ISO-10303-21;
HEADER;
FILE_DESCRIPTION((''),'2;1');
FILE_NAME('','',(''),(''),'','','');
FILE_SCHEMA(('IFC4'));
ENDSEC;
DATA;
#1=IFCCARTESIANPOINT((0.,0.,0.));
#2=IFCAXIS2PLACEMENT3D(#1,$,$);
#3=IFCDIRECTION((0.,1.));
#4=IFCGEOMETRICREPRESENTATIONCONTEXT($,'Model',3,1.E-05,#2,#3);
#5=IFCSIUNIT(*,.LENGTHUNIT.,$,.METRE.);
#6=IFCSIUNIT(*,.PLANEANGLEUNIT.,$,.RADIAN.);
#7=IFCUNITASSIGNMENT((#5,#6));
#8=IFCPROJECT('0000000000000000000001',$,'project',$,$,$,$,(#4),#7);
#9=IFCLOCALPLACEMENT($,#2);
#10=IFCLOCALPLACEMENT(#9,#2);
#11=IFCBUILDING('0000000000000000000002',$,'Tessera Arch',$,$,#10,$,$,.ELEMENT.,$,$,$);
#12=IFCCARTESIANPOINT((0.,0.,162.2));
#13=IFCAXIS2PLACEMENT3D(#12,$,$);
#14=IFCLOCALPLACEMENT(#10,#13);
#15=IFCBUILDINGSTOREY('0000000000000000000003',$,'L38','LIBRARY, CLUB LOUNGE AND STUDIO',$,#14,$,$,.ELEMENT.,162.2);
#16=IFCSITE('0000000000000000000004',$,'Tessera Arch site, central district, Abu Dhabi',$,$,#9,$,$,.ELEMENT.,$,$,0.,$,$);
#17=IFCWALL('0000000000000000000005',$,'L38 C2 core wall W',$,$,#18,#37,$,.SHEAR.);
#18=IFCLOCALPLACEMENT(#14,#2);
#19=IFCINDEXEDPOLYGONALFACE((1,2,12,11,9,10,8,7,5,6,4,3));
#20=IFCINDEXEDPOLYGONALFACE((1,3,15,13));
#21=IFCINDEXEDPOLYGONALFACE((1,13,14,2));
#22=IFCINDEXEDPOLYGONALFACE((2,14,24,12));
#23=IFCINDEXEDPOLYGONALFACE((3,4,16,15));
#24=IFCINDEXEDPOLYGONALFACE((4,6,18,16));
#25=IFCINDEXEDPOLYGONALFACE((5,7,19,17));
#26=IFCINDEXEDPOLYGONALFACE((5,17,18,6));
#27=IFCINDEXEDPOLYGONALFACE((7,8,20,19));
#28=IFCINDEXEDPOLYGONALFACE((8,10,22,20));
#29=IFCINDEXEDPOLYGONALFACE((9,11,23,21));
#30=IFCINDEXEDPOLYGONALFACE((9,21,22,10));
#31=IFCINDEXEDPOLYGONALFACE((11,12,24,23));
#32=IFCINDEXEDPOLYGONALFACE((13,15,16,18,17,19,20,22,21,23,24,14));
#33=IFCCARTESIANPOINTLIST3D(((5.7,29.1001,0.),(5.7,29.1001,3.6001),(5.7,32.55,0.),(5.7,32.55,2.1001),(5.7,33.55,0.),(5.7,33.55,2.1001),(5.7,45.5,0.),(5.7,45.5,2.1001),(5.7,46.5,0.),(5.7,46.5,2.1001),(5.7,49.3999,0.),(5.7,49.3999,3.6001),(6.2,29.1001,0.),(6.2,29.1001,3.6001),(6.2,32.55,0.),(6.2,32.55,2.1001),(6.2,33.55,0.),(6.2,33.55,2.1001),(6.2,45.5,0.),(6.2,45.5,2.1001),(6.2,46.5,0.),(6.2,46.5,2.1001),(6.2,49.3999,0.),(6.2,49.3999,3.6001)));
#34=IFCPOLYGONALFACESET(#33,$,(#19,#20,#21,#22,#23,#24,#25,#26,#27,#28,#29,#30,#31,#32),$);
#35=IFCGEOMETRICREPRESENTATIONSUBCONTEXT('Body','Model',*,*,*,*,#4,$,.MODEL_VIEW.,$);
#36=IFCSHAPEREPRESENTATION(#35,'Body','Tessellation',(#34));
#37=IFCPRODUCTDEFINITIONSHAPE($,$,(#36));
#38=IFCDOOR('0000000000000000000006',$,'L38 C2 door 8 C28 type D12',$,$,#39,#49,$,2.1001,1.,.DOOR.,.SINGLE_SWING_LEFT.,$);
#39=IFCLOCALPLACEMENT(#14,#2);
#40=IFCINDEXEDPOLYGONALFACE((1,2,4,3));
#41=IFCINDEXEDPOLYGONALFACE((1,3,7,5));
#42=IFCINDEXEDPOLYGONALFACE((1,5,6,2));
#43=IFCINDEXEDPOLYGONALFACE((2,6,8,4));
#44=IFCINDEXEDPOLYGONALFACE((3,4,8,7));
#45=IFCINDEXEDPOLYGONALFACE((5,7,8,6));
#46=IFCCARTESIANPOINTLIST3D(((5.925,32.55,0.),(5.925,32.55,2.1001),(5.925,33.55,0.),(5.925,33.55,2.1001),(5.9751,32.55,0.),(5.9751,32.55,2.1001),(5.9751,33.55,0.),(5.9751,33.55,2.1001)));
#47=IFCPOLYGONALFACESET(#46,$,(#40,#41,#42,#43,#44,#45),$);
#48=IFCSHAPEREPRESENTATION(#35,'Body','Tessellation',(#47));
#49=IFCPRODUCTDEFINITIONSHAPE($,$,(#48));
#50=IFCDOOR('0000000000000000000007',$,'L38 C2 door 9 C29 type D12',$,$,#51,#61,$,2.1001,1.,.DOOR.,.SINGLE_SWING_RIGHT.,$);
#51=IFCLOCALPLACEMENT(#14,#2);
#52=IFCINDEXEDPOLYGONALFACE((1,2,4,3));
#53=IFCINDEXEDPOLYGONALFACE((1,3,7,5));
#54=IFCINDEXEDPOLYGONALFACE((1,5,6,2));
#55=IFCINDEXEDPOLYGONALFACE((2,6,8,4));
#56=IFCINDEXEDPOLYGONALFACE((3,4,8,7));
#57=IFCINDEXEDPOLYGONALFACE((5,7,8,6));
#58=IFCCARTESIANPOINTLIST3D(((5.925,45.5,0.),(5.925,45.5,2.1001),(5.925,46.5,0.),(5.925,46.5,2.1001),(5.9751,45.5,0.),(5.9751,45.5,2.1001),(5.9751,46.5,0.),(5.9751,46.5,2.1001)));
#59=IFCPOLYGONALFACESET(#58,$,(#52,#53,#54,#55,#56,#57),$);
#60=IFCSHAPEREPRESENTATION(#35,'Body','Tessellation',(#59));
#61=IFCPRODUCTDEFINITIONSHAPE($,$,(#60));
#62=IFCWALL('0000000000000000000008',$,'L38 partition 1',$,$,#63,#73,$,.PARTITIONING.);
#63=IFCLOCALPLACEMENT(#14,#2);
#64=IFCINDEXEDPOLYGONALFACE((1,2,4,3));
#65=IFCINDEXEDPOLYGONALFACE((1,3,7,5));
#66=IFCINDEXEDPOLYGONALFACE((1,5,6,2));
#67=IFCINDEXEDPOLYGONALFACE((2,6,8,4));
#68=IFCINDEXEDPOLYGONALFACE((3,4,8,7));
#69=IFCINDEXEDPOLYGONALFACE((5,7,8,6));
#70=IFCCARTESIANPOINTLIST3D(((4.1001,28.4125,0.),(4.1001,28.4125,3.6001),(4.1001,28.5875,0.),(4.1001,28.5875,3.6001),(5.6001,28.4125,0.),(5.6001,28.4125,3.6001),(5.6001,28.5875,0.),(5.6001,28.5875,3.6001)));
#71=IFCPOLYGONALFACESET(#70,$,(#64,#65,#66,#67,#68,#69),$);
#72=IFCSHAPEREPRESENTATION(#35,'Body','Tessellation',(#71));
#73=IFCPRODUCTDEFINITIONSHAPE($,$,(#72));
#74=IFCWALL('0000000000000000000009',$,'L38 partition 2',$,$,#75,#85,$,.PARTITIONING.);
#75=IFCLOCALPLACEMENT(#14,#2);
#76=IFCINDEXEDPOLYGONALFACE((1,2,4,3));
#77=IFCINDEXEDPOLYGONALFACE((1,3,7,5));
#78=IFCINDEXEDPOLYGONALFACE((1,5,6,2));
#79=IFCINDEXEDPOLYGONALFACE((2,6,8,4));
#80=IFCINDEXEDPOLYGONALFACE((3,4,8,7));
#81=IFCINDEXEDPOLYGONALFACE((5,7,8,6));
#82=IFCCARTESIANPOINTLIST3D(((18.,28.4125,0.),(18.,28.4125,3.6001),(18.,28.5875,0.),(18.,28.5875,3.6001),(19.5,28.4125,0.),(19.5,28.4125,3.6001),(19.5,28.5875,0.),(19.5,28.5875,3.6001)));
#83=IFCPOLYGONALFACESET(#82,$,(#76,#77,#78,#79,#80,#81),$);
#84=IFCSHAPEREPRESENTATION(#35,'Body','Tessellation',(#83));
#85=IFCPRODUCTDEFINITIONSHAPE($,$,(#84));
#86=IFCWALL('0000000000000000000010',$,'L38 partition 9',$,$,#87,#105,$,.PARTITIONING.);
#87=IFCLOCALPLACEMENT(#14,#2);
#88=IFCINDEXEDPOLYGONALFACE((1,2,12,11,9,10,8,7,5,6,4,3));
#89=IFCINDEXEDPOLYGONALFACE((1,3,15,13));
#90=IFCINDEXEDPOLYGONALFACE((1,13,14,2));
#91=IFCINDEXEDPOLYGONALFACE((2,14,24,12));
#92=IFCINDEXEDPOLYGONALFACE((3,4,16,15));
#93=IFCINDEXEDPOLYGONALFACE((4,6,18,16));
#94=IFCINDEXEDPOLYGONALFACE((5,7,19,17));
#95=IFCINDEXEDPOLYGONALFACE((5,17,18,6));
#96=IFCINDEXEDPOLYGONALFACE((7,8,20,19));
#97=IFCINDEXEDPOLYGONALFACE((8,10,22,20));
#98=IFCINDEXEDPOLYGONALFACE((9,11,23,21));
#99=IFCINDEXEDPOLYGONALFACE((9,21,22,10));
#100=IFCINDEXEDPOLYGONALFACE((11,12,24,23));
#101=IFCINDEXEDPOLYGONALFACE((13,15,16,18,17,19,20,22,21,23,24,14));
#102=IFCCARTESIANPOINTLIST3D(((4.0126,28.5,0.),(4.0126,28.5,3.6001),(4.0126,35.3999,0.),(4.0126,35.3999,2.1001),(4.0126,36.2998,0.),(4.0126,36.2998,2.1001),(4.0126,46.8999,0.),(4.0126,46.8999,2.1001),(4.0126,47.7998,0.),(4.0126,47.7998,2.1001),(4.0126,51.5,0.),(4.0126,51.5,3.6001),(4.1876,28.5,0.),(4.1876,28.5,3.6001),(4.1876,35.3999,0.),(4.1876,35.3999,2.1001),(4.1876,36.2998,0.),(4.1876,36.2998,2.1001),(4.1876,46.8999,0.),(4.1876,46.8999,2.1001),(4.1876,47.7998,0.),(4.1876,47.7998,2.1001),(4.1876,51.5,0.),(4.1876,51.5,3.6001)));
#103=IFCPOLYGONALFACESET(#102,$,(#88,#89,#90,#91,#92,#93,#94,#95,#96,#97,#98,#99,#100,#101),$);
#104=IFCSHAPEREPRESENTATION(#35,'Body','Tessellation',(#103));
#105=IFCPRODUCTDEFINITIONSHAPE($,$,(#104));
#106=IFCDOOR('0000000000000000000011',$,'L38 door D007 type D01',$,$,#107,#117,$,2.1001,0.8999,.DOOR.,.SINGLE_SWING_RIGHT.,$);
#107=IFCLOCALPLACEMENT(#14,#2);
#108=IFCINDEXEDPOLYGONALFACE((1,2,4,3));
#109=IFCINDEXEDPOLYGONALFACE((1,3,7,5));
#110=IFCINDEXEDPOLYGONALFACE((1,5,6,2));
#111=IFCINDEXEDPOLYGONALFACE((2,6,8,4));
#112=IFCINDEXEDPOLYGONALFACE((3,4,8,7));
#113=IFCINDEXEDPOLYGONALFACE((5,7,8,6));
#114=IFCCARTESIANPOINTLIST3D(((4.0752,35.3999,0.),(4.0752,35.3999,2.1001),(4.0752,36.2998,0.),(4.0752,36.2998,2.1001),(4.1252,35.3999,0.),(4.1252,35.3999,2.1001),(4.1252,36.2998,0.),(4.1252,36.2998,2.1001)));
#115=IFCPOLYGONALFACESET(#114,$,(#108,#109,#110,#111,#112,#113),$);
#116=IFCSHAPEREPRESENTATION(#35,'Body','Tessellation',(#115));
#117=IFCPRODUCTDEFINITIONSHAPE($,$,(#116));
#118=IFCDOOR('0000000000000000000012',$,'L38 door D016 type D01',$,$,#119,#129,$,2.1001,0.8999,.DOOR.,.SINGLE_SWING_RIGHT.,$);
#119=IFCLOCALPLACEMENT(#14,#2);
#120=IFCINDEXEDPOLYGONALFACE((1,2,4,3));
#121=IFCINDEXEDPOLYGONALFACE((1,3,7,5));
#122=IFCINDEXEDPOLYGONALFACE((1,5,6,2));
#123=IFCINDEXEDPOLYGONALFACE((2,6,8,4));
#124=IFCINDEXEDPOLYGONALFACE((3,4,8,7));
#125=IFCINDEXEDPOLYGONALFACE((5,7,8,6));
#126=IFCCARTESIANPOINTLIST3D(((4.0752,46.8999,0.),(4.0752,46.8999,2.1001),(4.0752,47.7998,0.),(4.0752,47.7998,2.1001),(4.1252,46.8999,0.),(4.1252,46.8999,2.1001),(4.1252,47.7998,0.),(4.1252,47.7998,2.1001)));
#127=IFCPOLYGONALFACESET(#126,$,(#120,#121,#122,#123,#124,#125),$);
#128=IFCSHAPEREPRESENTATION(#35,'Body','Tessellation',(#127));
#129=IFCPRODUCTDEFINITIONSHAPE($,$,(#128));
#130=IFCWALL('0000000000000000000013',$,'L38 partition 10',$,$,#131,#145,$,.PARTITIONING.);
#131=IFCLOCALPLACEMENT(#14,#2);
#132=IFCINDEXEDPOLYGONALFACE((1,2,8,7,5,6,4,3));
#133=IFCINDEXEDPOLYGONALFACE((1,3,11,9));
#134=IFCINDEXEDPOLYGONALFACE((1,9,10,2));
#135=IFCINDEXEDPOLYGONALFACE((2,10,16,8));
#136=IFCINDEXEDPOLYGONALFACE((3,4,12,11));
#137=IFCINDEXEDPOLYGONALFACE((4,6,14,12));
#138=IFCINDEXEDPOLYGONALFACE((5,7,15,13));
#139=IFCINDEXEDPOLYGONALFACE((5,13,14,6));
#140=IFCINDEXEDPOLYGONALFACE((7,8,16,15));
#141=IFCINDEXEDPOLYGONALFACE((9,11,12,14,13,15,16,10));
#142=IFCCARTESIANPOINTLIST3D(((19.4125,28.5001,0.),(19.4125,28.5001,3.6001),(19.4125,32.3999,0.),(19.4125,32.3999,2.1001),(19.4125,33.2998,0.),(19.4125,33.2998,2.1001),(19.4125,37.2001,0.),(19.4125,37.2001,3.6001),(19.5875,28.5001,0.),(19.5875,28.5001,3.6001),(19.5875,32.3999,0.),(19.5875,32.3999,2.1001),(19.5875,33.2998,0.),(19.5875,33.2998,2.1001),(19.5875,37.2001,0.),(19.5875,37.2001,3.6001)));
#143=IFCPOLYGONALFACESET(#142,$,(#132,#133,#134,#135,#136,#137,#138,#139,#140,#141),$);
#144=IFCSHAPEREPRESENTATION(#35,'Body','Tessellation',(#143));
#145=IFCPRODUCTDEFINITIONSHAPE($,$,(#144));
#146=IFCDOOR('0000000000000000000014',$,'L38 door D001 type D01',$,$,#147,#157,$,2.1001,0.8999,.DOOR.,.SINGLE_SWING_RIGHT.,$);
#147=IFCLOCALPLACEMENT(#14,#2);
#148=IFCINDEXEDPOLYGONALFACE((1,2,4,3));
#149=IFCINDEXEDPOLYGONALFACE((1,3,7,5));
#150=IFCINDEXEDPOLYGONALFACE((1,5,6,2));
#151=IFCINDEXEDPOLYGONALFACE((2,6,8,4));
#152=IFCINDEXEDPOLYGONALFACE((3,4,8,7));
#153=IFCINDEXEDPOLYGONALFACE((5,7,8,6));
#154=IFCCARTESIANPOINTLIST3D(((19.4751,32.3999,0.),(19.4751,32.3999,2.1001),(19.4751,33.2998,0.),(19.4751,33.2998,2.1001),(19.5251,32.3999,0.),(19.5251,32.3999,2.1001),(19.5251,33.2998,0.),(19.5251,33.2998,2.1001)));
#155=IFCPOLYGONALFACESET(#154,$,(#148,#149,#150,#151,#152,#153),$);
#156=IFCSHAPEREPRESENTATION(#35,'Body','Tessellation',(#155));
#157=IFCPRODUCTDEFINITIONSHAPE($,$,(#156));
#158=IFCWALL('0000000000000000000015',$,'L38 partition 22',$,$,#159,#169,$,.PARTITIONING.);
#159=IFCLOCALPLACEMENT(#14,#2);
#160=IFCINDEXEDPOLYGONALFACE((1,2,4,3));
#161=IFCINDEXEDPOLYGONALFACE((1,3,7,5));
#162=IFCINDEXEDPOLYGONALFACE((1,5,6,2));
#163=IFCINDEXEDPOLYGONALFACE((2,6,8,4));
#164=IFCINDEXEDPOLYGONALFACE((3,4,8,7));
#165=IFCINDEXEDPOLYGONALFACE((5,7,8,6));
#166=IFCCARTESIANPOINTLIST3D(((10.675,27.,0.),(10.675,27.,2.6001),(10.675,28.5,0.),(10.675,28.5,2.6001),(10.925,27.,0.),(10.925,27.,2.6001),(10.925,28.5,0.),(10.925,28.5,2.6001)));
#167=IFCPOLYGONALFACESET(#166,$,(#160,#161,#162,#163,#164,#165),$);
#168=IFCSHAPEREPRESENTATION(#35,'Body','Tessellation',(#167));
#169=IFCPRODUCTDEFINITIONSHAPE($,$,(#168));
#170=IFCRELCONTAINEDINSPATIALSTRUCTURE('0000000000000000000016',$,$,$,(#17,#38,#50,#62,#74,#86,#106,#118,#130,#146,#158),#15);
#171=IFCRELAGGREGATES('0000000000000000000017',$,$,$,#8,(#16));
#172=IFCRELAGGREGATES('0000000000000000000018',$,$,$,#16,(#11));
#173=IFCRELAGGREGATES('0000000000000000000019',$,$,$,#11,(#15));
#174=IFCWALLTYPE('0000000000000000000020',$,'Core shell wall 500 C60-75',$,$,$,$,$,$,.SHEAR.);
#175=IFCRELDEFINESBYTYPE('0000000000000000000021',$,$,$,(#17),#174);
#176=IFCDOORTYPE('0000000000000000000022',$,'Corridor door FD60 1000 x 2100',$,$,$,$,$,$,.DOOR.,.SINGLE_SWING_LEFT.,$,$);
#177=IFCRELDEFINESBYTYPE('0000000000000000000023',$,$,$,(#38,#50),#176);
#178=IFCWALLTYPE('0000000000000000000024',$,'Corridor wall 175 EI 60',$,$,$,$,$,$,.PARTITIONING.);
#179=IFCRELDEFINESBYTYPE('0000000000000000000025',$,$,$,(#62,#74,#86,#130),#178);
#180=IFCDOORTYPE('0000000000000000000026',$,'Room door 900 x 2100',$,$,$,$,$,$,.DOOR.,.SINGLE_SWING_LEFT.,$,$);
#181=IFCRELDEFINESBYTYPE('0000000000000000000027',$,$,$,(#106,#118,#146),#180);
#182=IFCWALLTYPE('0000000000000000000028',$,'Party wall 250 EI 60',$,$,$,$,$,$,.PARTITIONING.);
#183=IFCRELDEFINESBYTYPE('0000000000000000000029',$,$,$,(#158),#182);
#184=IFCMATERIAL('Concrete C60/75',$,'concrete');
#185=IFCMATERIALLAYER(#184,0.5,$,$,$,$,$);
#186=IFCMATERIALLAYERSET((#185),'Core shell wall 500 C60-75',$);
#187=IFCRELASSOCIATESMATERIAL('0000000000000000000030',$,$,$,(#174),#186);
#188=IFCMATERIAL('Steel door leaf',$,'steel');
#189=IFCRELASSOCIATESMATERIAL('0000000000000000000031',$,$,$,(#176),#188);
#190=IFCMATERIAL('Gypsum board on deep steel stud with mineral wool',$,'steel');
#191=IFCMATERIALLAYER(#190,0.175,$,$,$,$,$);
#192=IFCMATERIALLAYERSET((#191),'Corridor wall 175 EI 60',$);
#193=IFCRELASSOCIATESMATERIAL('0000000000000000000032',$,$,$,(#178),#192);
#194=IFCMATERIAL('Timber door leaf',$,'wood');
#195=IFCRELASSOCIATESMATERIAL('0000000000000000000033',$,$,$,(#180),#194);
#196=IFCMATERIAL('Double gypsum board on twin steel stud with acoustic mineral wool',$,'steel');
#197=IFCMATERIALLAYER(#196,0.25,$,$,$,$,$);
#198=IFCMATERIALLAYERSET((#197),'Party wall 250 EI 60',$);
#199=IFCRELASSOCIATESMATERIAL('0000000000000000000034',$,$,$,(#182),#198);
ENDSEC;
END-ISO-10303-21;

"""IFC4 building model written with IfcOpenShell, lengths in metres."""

from ifc_helpers import new_model, si_unit, direction, frame, frame_2d, origin, place, context, subcontext, project, spatial, rectangle, extrude, material, layer, layer_set, type_object, element, fill, save


model = new_model("IFC4")

# Units and contexts
model_context = context("Model", 3, precision=1e-05, world=origin(), true_north=direction((0.0, 1.0)))
body_context = subcontext(model_context, "Body", "Model", "MODEL_VIEW")
ifc_project = project(units=[si_unit("LENGTHUNIT", "METRE"), si_unit("PLANEANGLEUNIT", "RADIAN")], contexts=[model_context])

# Site, building, storey
site_placement = place(None, origin())
site = spatial("IfcSite", under=ifc_project, at=site_placement, Name="Tessera Arch site, central district, Abu Dhabi", CompositionType="ELEMENT", RefElevation=0.0)
building_placement = place(site_placement, origin())
building = spatial("IfcBuilding", under=site, at=building_placement, Name="Tessera Arch", CompositionType="ELEMENT")
storey_placement = place(building_placement, frame((0.0, 0.0, 162.2)))
storey = spatial("IfcBuildingStorey", under=building, at=storey_placement, Name="L38", Description="LIBRARY, CLUB LOUNGE AND STUDIO", CompositionType="ELEMENT", Elevation=162.2)

# Shared definitions
ifc_material_1 = material(Name="Concrete C60/75", Category="concrete")
ifc_layer_1 = layer(ifc_material_1, 0.5)
ifc_layer_set_1 = layer_set([ifc_layer_1], Name="Core shell wall 500 C60-75")
wall_type_1 = type_object("IfcWallType", Name="Core shell wall 500 C60-75", PredefinedType="SHEAR", material=ifc_layer_set_1)

# Wall, openings, doors
wall_1_placement = place(storey_placement, frame((5.95, 29.1001, 0.0), z_axis=(0.0, 0.0, 1.0), x_axis=(0.0, 1.0, 0.0)))
wall_1 = element("IfcWall", 1, at=wall_1_placement, inside=storey, type_object=wall_type_1, Name="L38 C2 core wall W", PredefinedType="SHEAR", context=body_context, shape_type="SweptSolid", body=[
    extrude(rectangle(XDim=20.2998, YDim=0.5, at=frame_2d((10.1499, 0.0))), origin(), (0.0, 0.0, 1.0), 3.6001),
])
opening_1_placement = place(wall_1_placement, frame((3.45, 0.0, 0.0)))
opening_1 = element("IfcOpeningElement", 2, at=opening_1_placement, cuts=wall_1, PredefinedType="OPENING", context=body_context, shape_type="SweptSolid", body=[
    extrude(rectangle(XDim=1.0, YDim=2.1001, at=frame_2d((0.5, 1.05))), frame((0.0, 0.26, 0.0), z_axis=(0.0, -1.0, 0.0), x_axis=(1.0, 0.0, 0.0)), (0.0, 0.0, 1.0), 0.52),
])
opening_2_placement = place(wall_1_placement, frame((16.3999, 0.0, 0.0)))
opening_2 = element("IfcOpeningElement", 3, at=opening_2_placement, cuts=wall_1, PredefinedType="OPENING", context=body_context, shape_type="SweptSolid", body=[
    extrude(rectangle(XDim=1.0, YDim=2.1001, at=frame_2d((0.5, 1.05))), frame((0.0, 0.26, 0.0), z_axis=(0.0, -1.0, 0.0), x_axis=(1.0, 0.0, 0.0)), (0.0, 0.0, 1.0), 0.52),
])
ifc_material_2 = material(Name="Steel door leaf", Category="steel")
door_type_1 = type_object("IfcDoorType", Name="Corridor door FD60 1000 x 2100", OperationType="SINGLE_SWING_LEFT", PredefinedType="DOOR", material=ifc_material_2)
door_1_placement = place(opening_1_placement, origin())
door_1 = element("IfcDoor", 4, at=door_1_placement, inside=storey, type_object=door_type_1, Name="L38 C2 door 8 C28 type D12", OperationType="SINGLE_SWING_LEFT", OverallHeight=2.1001, OverallWidth=1.0, PredefinedType="DOOR", context=body_context, shape_type="SweptSolid", body=[
    extrude(rectangle(XDim=1.0, YDim=2.1001, at=frame_2d((0.5, 1.05))), frame((0.0, 0.0249, 0.0), z_axis=(0.0, -1.0, 0.0), x_axis=(1.0, 0.0, 0.0)), (0.0, 0.0, 1.0), 0.05),
])
fill(opening_1, door_1)
door_2_placement = place(opening_2_placement, origin())
door_2 = element("IfcDoor", 5, at=door_2_placement, inside=storey, type_object=door_type_1, Name="L38 C2 door 9 C29 type D12", OperationType="SINGLE_SWING_RIGHT", OverallHeight=2.1001, OverallWidth=1.0, PredefinedType="DOOR", context=body_context, shape_type="SweptSolid", body=[
    extrude(rectangle(XDim=1.0, YDim=2.1001, at=frame_2d((0.5, 1.05))), frame((0.0, 0.0249, 0.0), z_axis=(0.0, -1.0, 0.0), x_axis=(1.0, 0.0, 0.0)), (0.0, 0.0, 1.0), 0.05),
])
fill(opening_2, door_2)

# Walls
ifc_material_3 = material(Name="Gypsum board on deep steel stud with mineral wool", Category="steel")
ifc_layer_2 = layer(ifc_material_3, 0.175)
ifc_layer_set_2 = layer_set([ifc_layer_2], Name="Corridor wall 175 EI 60")
wall_type_2 = type_object("IfcWallType", Name="Corridor wall 175 EI 60", PredefinedType="PARTITIONING", material=ifc_layer_set_2)
for number, where, z_axis, x_axis, name in (
    (6, (4.1001, 28.5, 0.0), (0.0, 0.0, 1.0), (1.0, 0.0, 0.0), "L38 partition 1"),
    (7, (18.0, 28.5, 0.0), (0.0, 0.0, 1.0), (1.0, 0.0, 0.0), "L38 partition 2"),
):
    element("IfcWall", number, at=place(storey_placement, frame(where, z_axis=z_axis, x_axis=x_axis)), inside=storey, type_object=wall_type_2, Name=name, PredefinedType="PARTITIONING", context=body_context, shape_type="SweptSolid", body=[
        extrude(rectangle(XDim=1.5, YDim=0.175, at=frame_2d((0.75, 0.0))), origin(), (0.0, 0.0, 1.0), 3.6001),
    ])

# Wall, openings, doors
wall_2_placement = place(storey_placement, frame((4.1001, 28.5, 0.0), z_axis=(0.0, 0.0, 1.0), x_axis=(0.0, 1.0, 0.0)))
wall_2 = element("IfcWall", 8, at=wall_2_placement, inside=storey, type_object=wall_type_2, Name="L38 partition 9", PredefinedType="PARTITIONING", context=body_context, shape_type="SweptSolid", body=[
    extrude(rectangle(XDim=23.0, YDim=0.175, at=frame_2d((11.5, 0.0))), origin(), (0.0, 0.0, 1.0), 3.6001),
])
opening_3_placement = place(wall_2_placement, frame((6.8999, 0.0, 0.0)))
opening_3 = element("IfcOpeningElement", 9, at=opening_3_placement, cuts=wall_2, PredefinedType="OPENING", context=body_context, shape_type="SweptSolid", body=[
    extrude(rectangle(XDim=0.8999, YDim=2.1001, at=frame_2d((0.45, 1.05))), frame((0.0, 0.0974, 0.0), z_axis=(0.0, -1.0, 0.0), x_axis=(1.0, 0.0, 0.0)), (0.0, 0.0, 1.0), 0.1951),
])
opening_4_placement = place(wall_2_placement, frame((18.3999, 0.0, 0.0)))
opening_4 = element("IfcOpeningElement", 10, at=opening_4_placement, cuts=wall_2, PredefinedType="OPENING", context=body_context, shape_type="SweptSolid", body=[
    extrude(rectangle(XDim=0.8999, YDim=2.1001, at=frame_2d((0.45, 1.05))), frame((0.0, 0.0974, 0.0), z_axis=(0.0, -1.0, 0.0), x_axis=(1.0, 0.0, 0.0)), (0.0, 0.0, 1.0), 0.1951),
])
ifc_material_4 = material(Name="Timber door leaf", Category="wood")
door_type_2 = type_object("IfcDoorType", Name="Room door 900 x 2100", OperationType="SINGLE_SWING_LEFT", PredefinedType="DOOR", material=ifc_material_4)
door_3_placement = place(opening_3_placement, origin())
door_3 = element("IfcDoor", 11, at=door_3_placement, inside=storey, type_object=door_type_2, Name="L38 door D007 type D01", OperationType="SINGLE_SWING_RIGHT", OverallHeight=2.1001, OverallWidth=0.8999, PredefinedType="DOOR", context=body_context, shape_type="SweptSolid", body=[
    extrude(rectangle(XDim=0.8999, YDim=2.1001, at=frame_2d((0.45, 1.05))), frame((0.0, 0.0249, 0.0), z_axis=(0.0, -1.0, 0.0), x_axis=(1.0, 0.0, 0.0)), (0.0, 0.0, 1.0), 0.05),
])
fill(opening_3, door_3)
door_4_placement = place(opening_4_placement, origin())
door_4 = element("IfcDoor", 12, at=door_4_placement, inside=storey, type_object=door_type_2, Name="L38 door D016 type D01", OperationType="SINGLE_SWING_RIGHT", OverallHeight=2.1001, OverallWidth=0.8999, PredefinedType="DOOR", context=body_context, shape_type="SweptSolid", body=[
    extrude(rectangle(XDim=0.8999, YDim=2.1001, at=frame_2d((0.45, 1.05))), frame((0.0, 0.0249, 0.0), z_axis=(0.0, -1.0, 0.0), x_axis=(1.0, 0.0, 0.0)), (0.0, 0.0, 1.0), 0.05),
])
fill(opening_4, door_4)

# Wall, opening, door
wall_3_placement = place(storey_placement, frame((19.5, 28.5, 0.0), z_axis=(0.0, 0.0, 1.0), x_axis=(0.0, 1.0, 0.0)))
wall_3 = element("IfcWall", 13, at=wall_3_placement, inside=storey, type_object=wall_type_2, Name="L38 partition 10", PredefinedType="PARTITIONING", context=body_context, shape_type="SweptSolid", body=[
    extrude(rectangle(XDim=8.7, YDim=0.175, at=frame_2d((4.3501, 0.0))), origin(), (0.0, 0.0, 1.0), 3.6001),
])
opening_5_placement = place(wall_3_placement, frame((3.8999, 0.0, 0.0)))
opening_5 = element("IfcOpeningElement", 14, at=opening_5_placement, cuts=wall_3, PredefinedType="OPENING", context=body_context, shape_type="SweptSolid", body=[
    extrude(rectangle(XDim=0.8999, YDim=2.1001, at=frame_2d((0.45, 1.05))), frame((0.0, 0.0974, 0.0), z_axis=(0.0, -1.0, 0.0), x_axis=(1.0, 0.0, 0.0)), (0.0, 0.0, 1.0), 0.1951),
])
door_5_placement = place(opening_5_placement, origin())
door_5 = element("IfcDoor", 15, at=door_5_placement, inside=storey, type_object=door_type_2, Name="L38 door D001 type D01", OperationType="SINGLE_SWING_RIGHT", OverallHeight=2.1001, OverallWidth=0.8999, PredefinedType="DOOR", context=body_context, shape_type="SweptSolid", body=[
    extrude(rectangle(XDim=0.8999, YDim=2.1001, at=frame_2d((0.45, 1.05))), frame((0.0, 0.0249, 0.0), z_axis=(0.0, -1.0, 0.0), x_axis=(1.0, 0.0, 0.0)), (0.0, 0.0, 1.0), 0.05),
])
fill(opening_5, door_5)

# Wall
ifc_material_5 = material(Name="Double gypsum board on twin steel stud with acoustic mineral wool", Category="steel")
ifc_layer_3 = layer(ifc_material_5, 0.25)
ifc_layer_set_3 = layer_set([ifc_layer_3], Name="Party wall 250 EI 60")
wall_type_3 = type_object("IfcWallType", Name="Party wall 250 EI 60", PredefinedType="PARTITIONING", material=ifc_layer_set_3)
wall_4_placement = place(storey_placement, frame((10.8, 27.0, 0.0), z_axis=(0.0, 0.0, 1.0), x_axis=(0.0, 1.0, 0.0)))
element("IfcWall", 16, at=wall_4_placement, inside=storey, type_object=wall_type_3, Name="L38 partition 22", PredefinedType="PARTITIONING", context=body_context, shape_type="SweptSolid", body=[
    extrude(rectangle(XDim=1.5, YDim=0.25, at=frame_2d((0.75, 0.0))), origin(), (0.0, 0.0, 1.0), 2.6001),
])

save(model, "model.ifc")
